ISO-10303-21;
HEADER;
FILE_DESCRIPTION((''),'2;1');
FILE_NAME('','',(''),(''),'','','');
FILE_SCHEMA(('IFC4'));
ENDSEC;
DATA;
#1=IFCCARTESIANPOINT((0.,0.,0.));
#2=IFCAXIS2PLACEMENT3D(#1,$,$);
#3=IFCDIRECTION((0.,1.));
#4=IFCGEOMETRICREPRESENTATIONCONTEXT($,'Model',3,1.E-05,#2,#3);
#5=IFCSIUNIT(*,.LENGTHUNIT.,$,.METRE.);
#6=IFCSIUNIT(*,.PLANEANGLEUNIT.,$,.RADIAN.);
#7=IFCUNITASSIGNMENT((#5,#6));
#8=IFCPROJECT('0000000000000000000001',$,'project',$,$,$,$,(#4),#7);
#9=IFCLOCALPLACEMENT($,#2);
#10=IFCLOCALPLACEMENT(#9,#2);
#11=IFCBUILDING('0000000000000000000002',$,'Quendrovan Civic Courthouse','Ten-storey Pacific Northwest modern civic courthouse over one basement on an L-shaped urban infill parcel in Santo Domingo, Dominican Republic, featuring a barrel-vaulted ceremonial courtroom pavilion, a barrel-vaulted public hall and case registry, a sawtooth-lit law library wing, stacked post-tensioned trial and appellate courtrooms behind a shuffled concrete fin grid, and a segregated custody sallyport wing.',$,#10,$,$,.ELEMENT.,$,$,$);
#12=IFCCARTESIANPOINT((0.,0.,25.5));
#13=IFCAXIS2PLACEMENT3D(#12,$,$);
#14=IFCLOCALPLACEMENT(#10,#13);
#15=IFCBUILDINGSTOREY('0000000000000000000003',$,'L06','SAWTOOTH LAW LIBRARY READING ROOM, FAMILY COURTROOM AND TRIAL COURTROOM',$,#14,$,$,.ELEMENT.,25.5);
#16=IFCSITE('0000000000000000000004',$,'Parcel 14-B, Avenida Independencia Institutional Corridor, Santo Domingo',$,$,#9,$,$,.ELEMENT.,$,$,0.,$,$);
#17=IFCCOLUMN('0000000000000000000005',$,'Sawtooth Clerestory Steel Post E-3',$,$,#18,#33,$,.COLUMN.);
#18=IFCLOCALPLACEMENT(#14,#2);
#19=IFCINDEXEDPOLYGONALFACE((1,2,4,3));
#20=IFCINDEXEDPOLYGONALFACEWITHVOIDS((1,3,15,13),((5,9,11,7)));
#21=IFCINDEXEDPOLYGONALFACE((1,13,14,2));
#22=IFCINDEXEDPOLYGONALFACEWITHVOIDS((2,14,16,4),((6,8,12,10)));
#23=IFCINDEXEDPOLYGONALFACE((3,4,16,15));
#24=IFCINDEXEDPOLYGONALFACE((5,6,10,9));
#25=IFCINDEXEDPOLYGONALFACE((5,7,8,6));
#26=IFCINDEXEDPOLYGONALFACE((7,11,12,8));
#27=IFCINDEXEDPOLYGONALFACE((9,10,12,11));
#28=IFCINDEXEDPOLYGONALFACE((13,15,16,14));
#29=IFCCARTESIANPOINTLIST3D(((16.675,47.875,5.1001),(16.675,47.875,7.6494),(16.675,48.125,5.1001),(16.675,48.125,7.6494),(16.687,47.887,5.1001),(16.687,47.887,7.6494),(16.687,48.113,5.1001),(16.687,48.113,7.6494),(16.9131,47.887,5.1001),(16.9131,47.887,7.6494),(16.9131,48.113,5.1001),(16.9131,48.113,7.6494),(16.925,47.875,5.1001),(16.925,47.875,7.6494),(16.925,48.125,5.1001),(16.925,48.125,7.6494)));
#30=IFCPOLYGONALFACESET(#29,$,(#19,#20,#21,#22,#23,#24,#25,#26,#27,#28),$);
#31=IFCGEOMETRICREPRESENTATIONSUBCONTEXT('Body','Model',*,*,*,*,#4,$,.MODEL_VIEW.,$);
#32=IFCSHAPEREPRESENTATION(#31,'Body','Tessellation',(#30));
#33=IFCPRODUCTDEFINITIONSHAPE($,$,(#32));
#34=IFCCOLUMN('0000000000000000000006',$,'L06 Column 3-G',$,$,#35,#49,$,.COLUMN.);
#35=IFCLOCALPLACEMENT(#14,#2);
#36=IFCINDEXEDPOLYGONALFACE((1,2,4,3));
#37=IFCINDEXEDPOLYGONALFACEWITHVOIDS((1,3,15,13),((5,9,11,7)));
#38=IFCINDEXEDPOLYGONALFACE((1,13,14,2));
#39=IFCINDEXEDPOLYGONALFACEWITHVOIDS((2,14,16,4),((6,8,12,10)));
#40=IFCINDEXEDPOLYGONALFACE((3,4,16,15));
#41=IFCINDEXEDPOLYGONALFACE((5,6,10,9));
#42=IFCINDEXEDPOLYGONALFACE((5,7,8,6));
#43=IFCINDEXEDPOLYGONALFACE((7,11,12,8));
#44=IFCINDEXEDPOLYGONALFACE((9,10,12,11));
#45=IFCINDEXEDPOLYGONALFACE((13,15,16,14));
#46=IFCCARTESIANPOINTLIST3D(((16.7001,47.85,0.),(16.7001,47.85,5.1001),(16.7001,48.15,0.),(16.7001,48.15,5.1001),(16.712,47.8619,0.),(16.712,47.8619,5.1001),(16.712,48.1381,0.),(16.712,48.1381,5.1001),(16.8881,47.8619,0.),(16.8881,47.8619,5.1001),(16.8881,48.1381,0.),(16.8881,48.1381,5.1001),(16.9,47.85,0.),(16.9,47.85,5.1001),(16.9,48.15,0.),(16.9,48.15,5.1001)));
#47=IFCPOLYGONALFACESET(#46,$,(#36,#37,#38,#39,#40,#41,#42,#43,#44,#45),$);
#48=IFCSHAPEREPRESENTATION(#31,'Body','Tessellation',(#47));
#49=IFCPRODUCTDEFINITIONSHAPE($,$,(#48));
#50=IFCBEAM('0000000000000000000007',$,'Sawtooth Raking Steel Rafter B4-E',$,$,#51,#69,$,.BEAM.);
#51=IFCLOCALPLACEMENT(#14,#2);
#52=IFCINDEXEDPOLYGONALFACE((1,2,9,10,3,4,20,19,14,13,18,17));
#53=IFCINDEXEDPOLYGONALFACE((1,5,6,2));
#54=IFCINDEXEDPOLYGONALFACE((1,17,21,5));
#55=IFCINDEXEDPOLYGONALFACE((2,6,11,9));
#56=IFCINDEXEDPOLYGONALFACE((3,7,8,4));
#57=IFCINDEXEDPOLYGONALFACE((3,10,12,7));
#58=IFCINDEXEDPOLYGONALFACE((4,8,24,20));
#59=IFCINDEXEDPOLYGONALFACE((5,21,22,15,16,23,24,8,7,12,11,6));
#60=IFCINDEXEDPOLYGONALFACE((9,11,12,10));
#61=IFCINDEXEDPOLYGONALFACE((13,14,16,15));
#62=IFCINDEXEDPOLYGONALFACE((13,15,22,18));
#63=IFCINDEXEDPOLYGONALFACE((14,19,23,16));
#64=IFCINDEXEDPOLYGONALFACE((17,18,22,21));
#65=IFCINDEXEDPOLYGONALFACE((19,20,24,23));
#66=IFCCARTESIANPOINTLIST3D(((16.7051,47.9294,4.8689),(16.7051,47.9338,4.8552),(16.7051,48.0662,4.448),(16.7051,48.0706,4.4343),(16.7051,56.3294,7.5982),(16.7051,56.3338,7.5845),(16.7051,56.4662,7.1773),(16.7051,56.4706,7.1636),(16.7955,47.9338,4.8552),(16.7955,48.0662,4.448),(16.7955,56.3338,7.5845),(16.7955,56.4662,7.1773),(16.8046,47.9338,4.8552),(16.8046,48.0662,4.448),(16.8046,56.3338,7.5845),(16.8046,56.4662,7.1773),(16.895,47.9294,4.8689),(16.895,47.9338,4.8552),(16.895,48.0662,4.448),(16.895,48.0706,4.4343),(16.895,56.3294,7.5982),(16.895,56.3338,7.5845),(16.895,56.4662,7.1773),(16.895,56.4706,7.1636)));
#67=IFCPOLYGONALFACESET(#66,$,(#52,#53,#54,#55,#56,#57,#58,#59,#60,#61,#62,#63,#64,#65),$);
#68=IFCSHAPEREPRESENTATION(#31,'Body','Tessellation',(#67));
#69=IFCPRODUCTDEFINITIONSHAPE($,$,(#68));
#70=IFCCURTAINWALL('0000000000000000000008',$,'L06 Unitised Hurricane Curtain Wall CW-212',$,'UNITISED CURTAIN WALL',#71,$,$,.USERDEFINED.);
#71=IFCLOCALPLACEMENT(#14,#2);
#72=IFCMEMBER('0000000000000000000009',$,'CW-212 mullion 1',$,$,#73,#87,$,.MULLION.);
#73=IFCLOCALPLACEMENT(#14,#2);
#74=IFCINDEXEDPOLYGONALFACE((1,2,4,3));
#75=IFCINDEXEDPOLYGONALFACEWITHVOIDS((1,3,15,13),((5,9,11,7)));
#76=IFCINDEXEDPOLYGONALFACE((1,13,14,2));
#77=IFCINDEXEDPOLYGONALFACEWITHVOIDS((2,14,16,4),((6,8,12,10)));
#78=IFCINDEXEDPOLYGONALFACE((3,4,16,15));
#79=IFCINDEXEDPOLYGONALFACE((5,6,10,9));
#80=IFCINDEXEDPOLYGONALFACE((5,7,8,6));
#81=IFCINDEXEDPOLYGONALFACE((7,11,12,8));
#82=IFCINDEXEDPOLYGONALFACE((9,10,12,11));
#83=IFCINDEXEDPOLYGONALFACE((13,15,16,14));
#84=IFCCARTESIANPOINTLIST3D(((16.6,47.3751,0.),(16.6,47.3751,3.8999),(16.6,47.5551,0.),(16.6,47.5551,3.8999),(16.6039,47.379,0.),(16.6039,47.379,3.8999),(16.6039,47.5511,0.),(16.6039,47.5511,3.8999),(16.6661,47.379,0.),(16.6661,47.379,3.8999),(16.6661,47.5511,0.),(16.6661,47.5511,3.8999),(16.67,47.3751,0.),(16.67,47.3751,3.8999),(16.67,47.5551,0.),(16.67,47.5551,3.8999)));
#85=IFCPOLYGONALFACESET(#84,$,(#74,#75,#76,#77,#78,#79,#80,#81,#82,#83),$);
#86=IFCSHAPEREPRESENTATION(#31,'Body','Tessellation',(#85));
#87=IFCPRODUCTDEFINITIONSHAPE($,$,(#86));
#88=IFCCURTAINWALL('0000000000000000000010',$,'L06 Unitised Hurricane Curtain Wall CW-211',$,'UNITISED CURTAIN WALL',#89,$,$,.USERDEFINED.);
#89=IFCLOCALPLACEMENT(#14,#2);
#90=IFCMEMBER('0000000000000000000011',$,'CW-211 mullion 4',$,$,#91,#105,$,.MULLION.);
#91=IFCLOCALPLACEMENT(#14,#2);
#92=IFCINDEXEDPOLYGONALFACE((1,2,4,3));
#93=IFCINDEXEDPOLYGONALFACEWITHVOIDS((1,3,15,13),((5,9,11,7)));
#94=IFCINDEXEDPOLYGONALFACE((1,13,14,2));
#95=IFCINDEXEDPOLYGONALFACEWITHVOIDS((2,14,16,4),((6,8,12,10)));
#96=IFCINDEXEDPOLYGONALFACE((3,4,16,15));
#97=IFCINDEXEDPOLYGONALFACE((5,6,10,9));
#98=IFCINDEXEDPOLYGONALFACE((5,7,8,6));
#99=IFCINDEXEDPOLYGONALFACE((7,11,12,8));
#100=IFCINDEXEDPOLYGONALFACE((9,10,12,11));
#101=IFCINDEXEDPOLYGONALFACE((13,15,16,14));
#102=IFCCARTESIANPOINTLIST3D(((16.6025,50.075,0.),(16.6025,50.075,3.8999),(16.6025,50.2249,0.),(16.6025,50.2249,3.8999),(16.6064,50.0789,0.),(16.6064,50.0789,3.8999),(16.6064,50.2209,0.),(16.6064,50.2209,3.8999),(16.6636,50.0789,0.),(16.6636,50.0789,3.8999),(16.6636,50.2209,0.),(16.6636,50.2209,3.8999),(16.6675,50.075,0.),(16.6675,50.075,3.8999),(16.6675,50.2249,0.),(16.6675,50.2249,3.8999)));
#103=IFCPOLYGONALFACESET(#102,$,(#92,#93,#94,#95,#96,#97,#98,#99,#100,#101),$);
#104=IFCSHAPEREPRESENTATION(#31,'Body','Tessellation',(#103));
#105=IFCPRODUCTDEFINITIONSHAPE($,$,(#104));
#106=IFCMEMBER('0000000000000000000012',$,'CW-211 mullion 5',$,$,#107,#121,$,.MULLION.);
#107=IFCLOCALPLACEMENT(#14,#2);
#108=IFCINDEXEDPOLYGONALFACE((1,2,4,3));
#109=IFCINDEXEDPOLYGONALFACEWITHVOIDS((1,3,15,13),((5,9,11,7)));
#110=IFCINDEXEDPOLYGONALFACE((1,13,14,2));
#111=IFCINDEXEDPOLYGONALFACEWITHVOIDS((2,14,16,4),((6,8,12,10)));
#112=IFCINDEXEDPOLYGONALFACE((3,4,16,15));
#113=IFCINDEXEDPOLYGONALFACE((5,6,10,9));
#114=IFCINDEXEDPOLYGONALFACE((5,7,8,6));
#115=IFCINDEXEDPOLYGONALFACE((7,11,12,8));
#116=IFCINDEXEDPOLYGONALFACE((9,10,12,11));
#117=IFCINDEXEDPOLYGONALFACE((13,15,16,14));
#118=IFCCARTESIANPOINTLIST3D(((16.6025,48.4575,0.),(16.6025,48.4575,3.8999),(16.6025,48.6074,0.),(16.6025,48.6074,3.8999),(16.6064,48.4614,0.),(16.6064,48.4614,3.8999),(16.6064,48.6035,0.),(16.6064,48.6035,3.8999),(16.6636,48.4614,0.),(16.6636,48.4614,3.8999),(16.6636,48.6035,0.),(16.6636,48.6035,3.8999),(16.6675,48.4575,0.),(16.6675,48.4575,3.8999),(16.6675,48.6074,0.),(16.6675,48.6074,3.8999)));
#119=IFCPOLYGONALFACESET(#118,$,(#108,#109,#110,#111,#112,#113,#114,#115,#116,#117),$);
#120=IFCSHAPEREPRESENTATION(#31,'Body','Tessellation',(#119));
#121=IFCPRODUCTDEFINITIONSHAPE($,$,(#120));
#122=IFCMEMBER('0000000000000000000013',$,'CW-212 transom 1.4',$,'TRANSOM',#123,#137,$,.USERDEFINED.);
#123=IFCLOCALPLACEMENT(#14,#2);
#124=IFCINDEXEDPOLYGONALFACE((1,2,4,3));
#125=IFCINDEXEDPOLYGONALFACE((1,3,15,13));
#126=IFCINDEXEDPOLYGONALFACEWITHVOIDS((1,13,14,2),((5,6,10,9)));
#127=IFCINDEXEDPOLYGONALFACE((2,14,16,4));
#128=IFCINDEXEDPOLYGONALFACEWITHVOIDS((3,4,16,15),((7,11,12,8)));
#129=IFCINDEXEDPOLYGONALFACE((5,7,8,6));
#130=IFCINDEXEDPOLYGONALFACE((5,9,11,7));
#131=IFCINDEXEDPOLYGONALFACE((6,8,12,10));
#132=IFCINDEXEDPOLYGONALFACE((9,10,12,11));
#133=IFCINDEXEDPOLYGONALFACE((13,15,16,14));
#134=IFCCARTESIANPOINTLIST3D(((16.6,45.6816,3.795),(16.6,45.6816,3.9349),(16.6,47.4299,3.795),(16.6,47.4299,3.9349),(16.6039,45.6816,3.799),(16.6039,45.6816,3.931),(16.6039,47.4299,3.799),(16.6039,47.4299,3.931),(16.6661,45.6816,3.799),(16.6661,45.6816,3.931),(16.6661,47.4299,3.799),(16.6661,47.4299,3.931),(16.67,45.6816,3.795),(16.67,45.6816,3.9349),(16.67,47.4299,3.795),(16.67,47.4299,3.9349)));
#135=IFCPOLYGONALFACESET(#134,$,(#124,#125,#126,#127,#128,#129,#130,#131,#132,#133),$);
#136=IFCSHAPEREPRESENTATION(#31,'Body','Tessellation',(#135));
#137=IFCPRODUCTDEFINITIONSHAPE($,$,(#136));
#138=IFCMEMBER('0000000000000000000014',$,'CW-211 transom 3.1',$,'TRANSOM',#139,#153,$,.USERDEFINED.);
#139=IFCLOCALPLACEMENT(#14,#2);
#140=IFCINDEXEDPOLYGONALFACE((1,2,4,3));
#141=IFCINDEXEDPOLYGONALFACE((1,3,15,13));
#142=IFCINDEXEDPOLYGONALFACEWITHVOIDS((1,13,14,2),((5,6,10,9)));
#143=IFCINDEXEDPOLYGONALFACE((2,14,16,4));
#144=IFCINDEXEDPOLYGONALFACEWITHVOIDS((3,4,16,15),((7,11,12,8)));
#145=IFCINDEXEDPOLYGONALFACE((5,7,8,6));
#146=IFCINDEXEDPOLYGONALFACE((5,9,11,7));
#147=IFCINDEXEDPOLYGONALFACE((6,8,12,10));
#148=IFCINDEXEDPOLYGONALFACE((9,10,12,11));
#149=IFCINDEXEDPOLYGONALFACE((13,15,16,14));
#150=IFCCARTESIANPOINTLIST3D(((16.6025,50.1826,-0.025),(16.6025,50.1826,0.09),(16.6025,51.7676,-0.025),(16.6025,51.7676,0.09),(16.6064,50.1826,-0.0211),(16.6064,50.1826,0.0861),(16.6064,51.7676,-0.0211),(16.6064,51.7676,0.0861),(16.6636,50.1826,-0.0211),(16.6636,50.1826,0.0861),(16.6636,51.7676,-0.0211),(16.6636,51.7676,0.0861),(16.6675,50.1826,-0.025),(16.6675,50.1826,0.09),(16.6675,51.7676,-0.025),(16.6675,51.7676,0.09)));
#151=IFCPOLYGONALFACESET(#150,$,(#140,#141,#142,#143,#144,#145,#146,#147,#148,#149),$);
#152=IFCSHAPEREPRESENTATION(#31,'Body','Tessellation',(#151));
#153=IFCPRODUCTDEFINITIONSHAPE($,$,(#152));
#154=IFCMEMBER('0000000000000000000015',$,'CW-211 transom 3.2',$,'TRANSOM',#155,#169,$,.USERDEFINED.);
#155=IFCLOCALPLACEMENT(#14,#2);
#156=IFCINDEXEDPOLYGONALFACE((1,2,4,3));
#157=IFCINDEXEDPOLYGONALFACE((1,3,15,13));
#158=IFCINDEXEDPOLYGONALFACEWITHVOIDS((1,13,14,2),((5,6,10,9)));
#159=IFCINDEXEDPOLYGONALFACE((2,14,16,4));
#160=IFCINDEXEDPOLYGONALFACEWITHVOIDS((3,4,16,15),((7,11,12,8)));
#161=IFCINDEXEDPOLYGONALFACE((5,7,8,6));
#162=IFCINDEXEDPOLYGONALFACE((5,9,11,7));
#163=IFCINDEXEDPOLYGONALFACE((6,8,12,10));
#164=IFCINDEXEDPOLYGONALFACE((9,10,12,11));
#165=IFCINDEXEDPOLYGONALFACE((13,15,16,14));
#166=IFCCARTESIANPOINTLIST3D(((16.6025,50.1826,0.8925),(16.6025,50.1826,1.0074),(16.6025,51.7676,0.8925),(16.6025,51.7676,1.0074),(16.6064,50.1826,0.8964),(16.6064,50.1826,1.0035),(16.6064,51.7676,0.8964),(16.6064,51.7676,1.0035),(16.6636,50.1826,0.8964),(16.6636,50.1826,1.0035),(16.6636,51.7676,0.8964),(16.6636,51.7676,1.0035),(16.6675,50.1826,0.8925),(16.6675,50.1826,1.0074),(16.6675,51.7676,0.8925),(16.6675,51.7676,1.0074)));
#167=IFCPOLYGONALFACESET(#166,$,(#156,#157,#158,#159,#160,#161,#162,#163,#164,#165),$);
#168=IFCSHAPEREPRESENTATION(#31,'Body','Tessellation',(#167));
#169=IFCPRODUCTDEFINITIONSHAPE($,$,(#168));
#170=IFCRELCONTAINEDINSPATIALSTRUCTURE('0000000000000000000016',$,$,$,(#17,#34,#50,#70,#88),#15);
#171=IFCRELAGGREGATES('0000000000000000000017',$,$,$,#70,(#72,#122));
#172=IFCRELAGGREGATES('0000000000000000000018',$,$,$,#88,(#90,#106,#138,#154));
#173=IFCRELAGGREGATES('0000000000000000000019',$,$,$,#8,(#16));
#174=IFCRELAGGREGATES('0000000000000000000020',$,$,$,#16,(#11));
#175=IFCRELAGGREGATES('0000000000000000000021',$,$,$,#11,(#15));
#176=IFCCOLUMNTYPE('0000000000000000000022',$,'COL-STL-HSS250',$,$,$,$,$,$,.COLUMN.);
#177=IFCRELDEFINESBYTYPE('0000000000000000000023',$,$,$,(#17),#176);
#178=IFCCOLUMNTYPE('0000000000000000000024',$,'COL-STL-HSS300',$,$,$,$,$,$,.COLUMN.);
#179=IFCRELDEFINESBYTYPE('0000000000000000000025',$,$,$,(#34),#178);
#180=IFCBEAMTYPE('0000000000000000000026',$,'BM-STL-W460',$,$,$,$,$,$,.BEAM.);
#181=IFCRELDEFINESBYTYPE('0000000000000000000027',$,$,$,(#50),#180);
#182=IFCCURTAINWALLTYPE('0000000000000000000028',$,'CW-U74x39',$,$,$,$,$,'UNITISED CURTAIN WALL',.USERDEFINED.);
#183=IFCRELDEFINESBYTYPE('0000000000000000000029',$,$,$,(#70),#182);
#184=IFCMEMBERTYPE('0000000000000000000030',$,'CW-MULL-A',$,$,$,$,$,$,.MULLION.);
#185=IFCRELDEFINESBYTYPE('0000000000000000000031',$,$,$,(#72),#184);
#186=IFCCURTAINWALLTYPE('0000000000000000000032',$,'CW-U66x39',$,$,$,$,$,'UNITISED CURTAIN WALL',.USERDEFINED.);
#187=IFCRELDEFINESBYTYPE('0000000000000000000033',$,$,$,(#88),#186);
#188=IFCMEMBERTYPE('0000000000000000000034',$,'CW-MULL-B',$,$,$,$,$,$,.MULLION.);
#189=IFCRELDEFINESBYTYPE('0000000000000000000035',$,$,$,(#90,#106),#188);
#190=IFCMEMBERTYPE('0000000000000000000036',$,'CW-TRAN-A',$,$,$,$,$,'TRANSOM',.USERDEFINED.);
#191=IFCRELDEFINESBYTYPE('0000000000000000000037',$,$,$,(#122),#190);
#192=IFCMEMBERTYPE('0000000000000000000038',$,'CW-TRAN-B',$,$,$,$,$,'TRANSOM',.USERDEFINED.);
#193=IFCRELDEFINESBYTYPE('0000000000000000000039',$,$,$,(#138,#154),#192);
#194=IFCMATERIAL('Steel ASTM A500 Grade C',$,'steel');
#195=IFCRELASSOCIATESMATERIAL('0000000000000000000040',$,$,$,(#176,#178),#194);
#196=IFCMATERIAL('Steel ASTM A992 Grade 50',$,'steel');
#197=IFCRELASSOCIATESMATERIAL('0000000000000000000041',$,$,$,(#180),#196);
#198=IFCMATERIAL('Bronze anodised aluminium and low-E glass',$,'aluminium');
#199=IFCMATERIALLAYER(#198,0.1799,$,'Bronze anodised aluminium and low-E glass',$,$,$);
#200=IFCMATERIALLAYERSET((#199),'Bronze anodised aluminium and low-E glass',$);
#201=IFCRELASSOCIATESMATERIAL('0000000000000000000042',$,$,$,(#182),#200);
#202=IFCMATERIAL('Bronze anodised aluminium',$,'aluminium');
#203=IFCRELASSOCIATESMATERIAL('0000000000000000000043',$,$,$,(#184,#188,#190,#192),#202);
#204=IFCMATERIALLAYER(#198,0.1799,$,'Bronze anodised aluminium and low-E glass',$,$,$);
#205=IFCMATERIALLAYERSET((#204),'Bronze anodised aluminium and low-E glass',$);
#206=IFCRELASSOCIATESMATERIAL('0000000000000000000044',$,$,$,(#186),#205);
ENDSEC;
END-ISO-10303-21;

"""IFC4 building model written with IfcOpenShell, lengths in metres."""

from ifc_helpers import new_model, si_unit, direction, frame, origin, origin_2d, place, context, subcontext, project, spatial, hollow_rectangle, i_section, extrude, material, layer, layer_set, material_profile, profile_set, type_object, element, aggregate, save


model = new_model("IFC4")

# Units and contexts
model_context = context("Model", 3, precision=1e-05, world=origin(), true_north=direction((0.0, 1.0)))
body_context = subcontext(model_context, "Body", "Model", "MODEL_VIEW")
ifc_project = project(units=[si_unit("LENGTHUNIT", "METRE"), si_unit("PLANEANGLEUNIT", "RADIAN")], contexts=[model_context])

# Site, building, storey
site_placement = place(None, origin())
site = spatial("IfcSite", under=ifc_project, at=site_placement, Name="Parcel 14-B, Avenida Independencia Institutional Corridor, Santo Domingo", CompositionType="ELEMENT", RefElevation=0.0)
building_placement = place(site_placement, origin())
building = spatial("IfcBuilding", under=site, at=building_placement, Name="Quendrovan Civic Courthouse", Description="Ten-storey Pacific Northwest modern civic courthouse over one basement on an L-shaped urban infill parcel in Santo Domingo, Dominican Republic, featuring a barrel-vaulted ceremonial courtroom pavilion, a barrel-vaulted public hall and case registry, a sawtooth-lit law library wing, stacked post-tensioned trial and appellate courtrooms behind a shuffled concrete fin grid, and a segregated custody sallyport wing.", CompositionType="ELEMENT")
storey_placement = place(building_placement, frame((0.0, 0.0, 25.5)))
storey = spatial("IfcBuildingStorey", under=building, at=storey_placement, Name="L06", Description="SAWTOOTH LAW LIBRARY READING ROOM, FAMILY COURTROOM AND TRIAL COURTROOM", CompositionType="ELEMENT", Elevation=25.5)

# Columns
ifc_material_1 = material(Name="Steel ASTM A500 Grade C", Category="steel")
ifc_material_profile_1 = material_profile(ifc_material_1, hollow_rectangle(XDim=0.25, YDim=0.25, WallThickness=0.012, at=origin_2d()), Name="HSS250x250x12")
ifc_profile_set_1 = profile_set([ifc_material_profile_1], Name="Steel ASTM A500 Grade C")
column_type_1 = type_object("IfcColumnType", Name="COL-STL-HSS250", PredefinedType="COLUMN", material=ifc_profile_set_1)
column_1_placement = place(storey_placement, frame((16.8, 48.0, 5.1001), z_axis=(0.0, 0.0, 1.0), x_axis=(1.0, 0.0, 0.0)))
element("IfcColumn", 1, at=column_1_placement, inside=storey, type_object=column_type_1, Name="Sawtooth Clerestory Steel Post E-3", PredefinedType="COLUMN", context=body_context, shape_type="SweptSolid", body=[
    extrude(hollow_rectangle(XDim=0.25, YDim=0.25, WallThickness=0.012, at=origin_2d()), origin(), (0.0, 0.0, 1.0), 2.5493),
])
ifc_material_profile_2 = material_profile(ifc_material_1, hollow_rectangle(XDim=0.2, YDim=0.3, WallThickness=0.012, at=origin_2d()), Name="HSS300x200x12")
ifc_profile_set_2 = profile_set([ifc_material_profile_2], Name="Steel ASTM A500 Grade C")
column_type_2 = type_object("IfcColumnType", Name="COL-STL-HSS300", PredefinedType="COLUMN", material=ifc_profile_set_2)
column_2_placement = place(storey_placement, frame((16.8, 48.0, 0.0), z_axis=(0.0, 0.0, 1.0), x_axis=(1.0, 0.0, 0.0)))
element("IfcColumn", 2, at=column_2_placement, inside=storey, type_object=column_type_2, Name="L06 Column 3-G", PredefinedType="COLUMN", context=body_context, shape_type="SweptSolid", body=[
    extrude(hollow_rectangle(XDim=0.2, YDim=0.3, WallThickness=0.012, at=origin_2d()), origin(), (0.0, 0.0, 1.0), 5.1001),
])

# Beam
ifc_material_2 = material(Name="Steel ASTM A992 Grade 50", Category="steel")
ifc_material_profile_3 = material_profile(ifc_material_2, i_section(OverallWidth=0.1899, OverallDepth=0.457, WebThickness=0.009, FlangeThickness=0.0144, at=origin_2d()), Name="W460x74")
ifc_profile_set_3 = profile_set([ifc_material_profile_3], Name="Steel ASTM A992 Grade 50")
beam_type = type_object("IfcBeamType", Name="BM-STL-W460", PredefinedType="BEAM", material=ifc_profile_set_3)
beam_placement = place(storey_placement, frame((16.8, 48.0, 4.6516), z_axis=(0.0, 0.951058, 0.309012), x_axis=(-1.0, 0.0, 0.0)))
element("IfcBeam", 3, at=beam_placement, inside=storey, type_object=beam_type, Name="Sawtooth Raking Steel Rafter B4-E", PredefinedType="BEAM", context=body_context, shape_type="SweptSolid", body=[
    extrude(i_section(OverallWidth=0.1899, OverallDepth=0.457, WebThickness=0.009, FlangeThickness=0.0144, at=origin_2d()), origin(), (0.0, 0.0, 1.0), 8.8323),
])

# Curtain wall, member
ifc_material_3 = material(Name="Bronze anodised aluminium and low-E glass", Category="aluminium")
ifc_layer_1 = layer(ifc_material_3, 0.1799, Name="Bronze anodised aluminium and low-E glass")
ifc_layer_set_1 = layer_set([ifc_layer_1], Name="Bronze anodised aluminium and low-E glass")
curtain_wall_type_1 = type_object("IfcCurtainWallType", Name="CW-U74x39", ElementType="UNITISED CURTAIN WALL", PredefinedType="USERDEFINED", material=ifc_layer_set_1)
curtain_wall_1_placement = place(storey_placement, origin())
curtain_wall_1 = element("IfcCurtainWall", 4, at=curtain_wall_1_placement, inside=storey, type_object=curtain_wall_type_1, Name="L06 Unitised Hurricane Curtain Wall CW-212", ObjectType="UNITISED CURTAIN WALL", PredefinedType="USERDEFINED")
ifc_material_4 = material(Name="Bronze anodised aluminium", Category="aluminium")
ifc_material_profile_4 = material_profile(ifc_material_4, hollow_rectangle(XDim=0.0701, YDim=0.1799, WallThickness=0.0039, at=origin_2d()), Name="CW-MULL-70x180")
ifc_profile_set_4 = profile_set([ifc_material_profile_4], Name="Bronze anodised aluminium")
member_type_1 = type_object("IfcMemberType", Name="CW-MULL-A", PredefinedType="MULLION", material=ifc_profile_set_4)
member_1_placement = place(storey_placement, frame((16.635, 47.4651, 0.0), z_axis=(0.0, 0.0, 1.0), x_axis=(1.0, 0.0, 0.0)))
member_1 = element("IfcMember", 5, at=member_1_placement, type_object=member_type_1, Name="CW-212 mullion 1", PredefinedType="MULLION", context=body_context, shape_type="SweptSolid", body=[
    extrude(hollow_rectangle(XDim=0.0701, YDim=0.1799, WallThickness=0.0039, at=origin_2d()), origin(), (0.0, 0.0, 1.0), 3.8999),
])

# Curtain wall, members
ifc_layer_2 = layer(ifc_material_3, 0.1799, Name="Bronze anodised aluminium and low-E glass")
ifc_layer_set_2 = layer_set([ifc_layer_2], Name="Bronze anodised aluminium and low-E glass")
curtain_wall_type_2 = type_object("IfcCurtainWallType", Name="CW-U66x39", ElementType="UNITISED CURTAIN WALL", PredefinedType="USERDEFINED", material=ifc_layer_set_2)
curtain_wall_2_placement = place(storey_placement, origin())
curtain_wall_2 = element("IfcCurtainWall", 6, at=curtain_wall_2_placement, inside=storey, type_object=curtain_wall_type_2, Name="L06 Unitised Hurricane Curtain Wall CW-211", ObjectType="UNITISED CURTAIN WALL", PredefinedType="USERDEFINED")
ifc_material_profile_5 = material_profile(ifc_material_4, hollow_rectangle(XDim=0.0649, YDim=0.1499, WallThickness=0.0039, at=origin_2d()), Name="CW-MULL-65x150")
ifc_profile_set_5 = profile_set([ifc_material_profile_5], Name="Bronze anodised aluminium")
member_type_2 = type_object("IfcMemberType", Name="CW-MULL-B", PredefinedType="MULLION", material=ifc_profile_set_5)
member_2_placement = place(storey_placement, frame((16.635, 50.1499, 0.0), z_axis=(0.0, 0.0, 1.0), x_axis=(1.0, 0.0, 0.0)))
member_2 = element("IfcMember", 7, at=member_2_placement, type_object=member_type_2, Name="CW-211 mullion 4", PredefinedType="MULLION", context=body_context, shape_type="SweptSolid", body=[
    extrude(hollow_rectangle(XDim=0.0649, YDim=0.1499, WallThickness=0.0039, at=origin_2d()), origin(), (0.0, 0.0, 1.0), 3.8999),
])
member_3_placement = place(storey_placement, frame((16.635, 48.5325, 0.0), z_axis=(0.0, 0.0, 1.0), x_axis=(1.0, 0.0, 0.0)))
member_3 = element("IfcMember", 8, at=member_3_placement, type_object=member_type_2, Name="CW-211 mullion 5", PredefinedType="MULLION", context=body_context, shape_type="SweptSolid", body=[
    extrude(hollow_rectangle(XDim=0.0649, YDim=0.1499, WallThickness=0.0039, at=origin_2d()), origin(), (0.0, 0.0, 1.0), 3.8999),
])

# Members
ifc_material_profile_6 = material_profile(ifc_material_4, hollow_rectangle(XDim=0.0701, YDim=0.1399, WallThickness=0.0039, at=origin_2d()), Name="CW-TRAN-70x140")
ifc_profile_set_6 = profile_set([ifc_material_profile_6], Name="Bronze anodised aluminium")
member_type_3 = type_object("IfcMemberType", Name="CW-TRAN-A", ElementType="TRANSOM", PredefinedType="USERDEFINED", material=ifc_profile_set_6)
member_4_placement = place(storey_placement, frame((16.635, 47.4299, 3.865), z_axis=(0.0, -1.0, 0.0), x_axis=(1.0, 0.0, 0.0)))
member_4 = element("IfcMember", 9, at=member_4_placement, type_object=member_type_3, Name="CW-212 transom 1.4", ObjectType="TRANSOM", PredefinedType="USERDEFINED", context=body_context, shape_type="SweptSolid", body=[
    extrude(hollow_rectangle(XDim=0.0701, YDim=0.1399, WallThickness=0.0039, at=origin_2d()), origin(), (0.0, 0.0, 1.0), 1.7483),
])
aggregate(curtain_wall_1, [member_1, member_4])
ifc_material_profile_7 = material_profile(ifc_material_4, hollow_rectangle(XDim=0.0649, YDim=0.115, WallThickness=0.0039, at=origin_2d()), Name="CW-TRAN-65x115")
ifc_profile_set_7 = profile_set([ifc_material_profile_7], Name="Bronze anodised aluminium")
member_type_4 = type_object("IfcMemberType", Name="CW-TRAN-B", ElementType="TRANSOM", PredefinedType="USERDEFINED", material=ifc_profile_set_7)
member_5_placement = place(storey_placement, frame((16.635, 51.7676, 0.0325), z_axis=(0.0, -1.0, 0.0), x_axis=(1.0, 0.0, 0.0)))
member_5 = element("IfcMember", 10, at=member_5_placement, type_object=member_type_4, Name="CW-211 transom 3.1", ObjectType="TRANSOM", PredefinedType="USERDEFINED", context=body_context, shape_type="SweptSolid", body=[
    extrude(hollow_rectangle(XDim=0.0649, YDim=0.115, WallThickness=0.0039, at=origin_2d()), origin(), (0.0, 0.0, 1.0), 1.585),
])
member_6_placement = place(storey_placement, frame((16.635, 51.7676, 0.95), z_axis=(0.0, -1.0, 0.0), x_axis=(1.0, 0.0, 0.0)))
member_6 = element("IfcMember", 11, at=member_6_placement, type_object=member_type_4, Name="CW-211 transom 3.2", ObjectType="TRANSOM", PredefinedType="USERDEFINED", context=body_context, shape_type="SweptSolid", body=[
    extrude(hollow_rectangle(XDim=0.0649, YDim=0.115, WallThickness=0.0039, at=origin_2d()), origin(), (0.0, 0.0, 1.0), 1.585),
])

aggregate(curtain_wall_2, [member_2, member_3, member_5, member_6])

save(model, "model.ifc")
